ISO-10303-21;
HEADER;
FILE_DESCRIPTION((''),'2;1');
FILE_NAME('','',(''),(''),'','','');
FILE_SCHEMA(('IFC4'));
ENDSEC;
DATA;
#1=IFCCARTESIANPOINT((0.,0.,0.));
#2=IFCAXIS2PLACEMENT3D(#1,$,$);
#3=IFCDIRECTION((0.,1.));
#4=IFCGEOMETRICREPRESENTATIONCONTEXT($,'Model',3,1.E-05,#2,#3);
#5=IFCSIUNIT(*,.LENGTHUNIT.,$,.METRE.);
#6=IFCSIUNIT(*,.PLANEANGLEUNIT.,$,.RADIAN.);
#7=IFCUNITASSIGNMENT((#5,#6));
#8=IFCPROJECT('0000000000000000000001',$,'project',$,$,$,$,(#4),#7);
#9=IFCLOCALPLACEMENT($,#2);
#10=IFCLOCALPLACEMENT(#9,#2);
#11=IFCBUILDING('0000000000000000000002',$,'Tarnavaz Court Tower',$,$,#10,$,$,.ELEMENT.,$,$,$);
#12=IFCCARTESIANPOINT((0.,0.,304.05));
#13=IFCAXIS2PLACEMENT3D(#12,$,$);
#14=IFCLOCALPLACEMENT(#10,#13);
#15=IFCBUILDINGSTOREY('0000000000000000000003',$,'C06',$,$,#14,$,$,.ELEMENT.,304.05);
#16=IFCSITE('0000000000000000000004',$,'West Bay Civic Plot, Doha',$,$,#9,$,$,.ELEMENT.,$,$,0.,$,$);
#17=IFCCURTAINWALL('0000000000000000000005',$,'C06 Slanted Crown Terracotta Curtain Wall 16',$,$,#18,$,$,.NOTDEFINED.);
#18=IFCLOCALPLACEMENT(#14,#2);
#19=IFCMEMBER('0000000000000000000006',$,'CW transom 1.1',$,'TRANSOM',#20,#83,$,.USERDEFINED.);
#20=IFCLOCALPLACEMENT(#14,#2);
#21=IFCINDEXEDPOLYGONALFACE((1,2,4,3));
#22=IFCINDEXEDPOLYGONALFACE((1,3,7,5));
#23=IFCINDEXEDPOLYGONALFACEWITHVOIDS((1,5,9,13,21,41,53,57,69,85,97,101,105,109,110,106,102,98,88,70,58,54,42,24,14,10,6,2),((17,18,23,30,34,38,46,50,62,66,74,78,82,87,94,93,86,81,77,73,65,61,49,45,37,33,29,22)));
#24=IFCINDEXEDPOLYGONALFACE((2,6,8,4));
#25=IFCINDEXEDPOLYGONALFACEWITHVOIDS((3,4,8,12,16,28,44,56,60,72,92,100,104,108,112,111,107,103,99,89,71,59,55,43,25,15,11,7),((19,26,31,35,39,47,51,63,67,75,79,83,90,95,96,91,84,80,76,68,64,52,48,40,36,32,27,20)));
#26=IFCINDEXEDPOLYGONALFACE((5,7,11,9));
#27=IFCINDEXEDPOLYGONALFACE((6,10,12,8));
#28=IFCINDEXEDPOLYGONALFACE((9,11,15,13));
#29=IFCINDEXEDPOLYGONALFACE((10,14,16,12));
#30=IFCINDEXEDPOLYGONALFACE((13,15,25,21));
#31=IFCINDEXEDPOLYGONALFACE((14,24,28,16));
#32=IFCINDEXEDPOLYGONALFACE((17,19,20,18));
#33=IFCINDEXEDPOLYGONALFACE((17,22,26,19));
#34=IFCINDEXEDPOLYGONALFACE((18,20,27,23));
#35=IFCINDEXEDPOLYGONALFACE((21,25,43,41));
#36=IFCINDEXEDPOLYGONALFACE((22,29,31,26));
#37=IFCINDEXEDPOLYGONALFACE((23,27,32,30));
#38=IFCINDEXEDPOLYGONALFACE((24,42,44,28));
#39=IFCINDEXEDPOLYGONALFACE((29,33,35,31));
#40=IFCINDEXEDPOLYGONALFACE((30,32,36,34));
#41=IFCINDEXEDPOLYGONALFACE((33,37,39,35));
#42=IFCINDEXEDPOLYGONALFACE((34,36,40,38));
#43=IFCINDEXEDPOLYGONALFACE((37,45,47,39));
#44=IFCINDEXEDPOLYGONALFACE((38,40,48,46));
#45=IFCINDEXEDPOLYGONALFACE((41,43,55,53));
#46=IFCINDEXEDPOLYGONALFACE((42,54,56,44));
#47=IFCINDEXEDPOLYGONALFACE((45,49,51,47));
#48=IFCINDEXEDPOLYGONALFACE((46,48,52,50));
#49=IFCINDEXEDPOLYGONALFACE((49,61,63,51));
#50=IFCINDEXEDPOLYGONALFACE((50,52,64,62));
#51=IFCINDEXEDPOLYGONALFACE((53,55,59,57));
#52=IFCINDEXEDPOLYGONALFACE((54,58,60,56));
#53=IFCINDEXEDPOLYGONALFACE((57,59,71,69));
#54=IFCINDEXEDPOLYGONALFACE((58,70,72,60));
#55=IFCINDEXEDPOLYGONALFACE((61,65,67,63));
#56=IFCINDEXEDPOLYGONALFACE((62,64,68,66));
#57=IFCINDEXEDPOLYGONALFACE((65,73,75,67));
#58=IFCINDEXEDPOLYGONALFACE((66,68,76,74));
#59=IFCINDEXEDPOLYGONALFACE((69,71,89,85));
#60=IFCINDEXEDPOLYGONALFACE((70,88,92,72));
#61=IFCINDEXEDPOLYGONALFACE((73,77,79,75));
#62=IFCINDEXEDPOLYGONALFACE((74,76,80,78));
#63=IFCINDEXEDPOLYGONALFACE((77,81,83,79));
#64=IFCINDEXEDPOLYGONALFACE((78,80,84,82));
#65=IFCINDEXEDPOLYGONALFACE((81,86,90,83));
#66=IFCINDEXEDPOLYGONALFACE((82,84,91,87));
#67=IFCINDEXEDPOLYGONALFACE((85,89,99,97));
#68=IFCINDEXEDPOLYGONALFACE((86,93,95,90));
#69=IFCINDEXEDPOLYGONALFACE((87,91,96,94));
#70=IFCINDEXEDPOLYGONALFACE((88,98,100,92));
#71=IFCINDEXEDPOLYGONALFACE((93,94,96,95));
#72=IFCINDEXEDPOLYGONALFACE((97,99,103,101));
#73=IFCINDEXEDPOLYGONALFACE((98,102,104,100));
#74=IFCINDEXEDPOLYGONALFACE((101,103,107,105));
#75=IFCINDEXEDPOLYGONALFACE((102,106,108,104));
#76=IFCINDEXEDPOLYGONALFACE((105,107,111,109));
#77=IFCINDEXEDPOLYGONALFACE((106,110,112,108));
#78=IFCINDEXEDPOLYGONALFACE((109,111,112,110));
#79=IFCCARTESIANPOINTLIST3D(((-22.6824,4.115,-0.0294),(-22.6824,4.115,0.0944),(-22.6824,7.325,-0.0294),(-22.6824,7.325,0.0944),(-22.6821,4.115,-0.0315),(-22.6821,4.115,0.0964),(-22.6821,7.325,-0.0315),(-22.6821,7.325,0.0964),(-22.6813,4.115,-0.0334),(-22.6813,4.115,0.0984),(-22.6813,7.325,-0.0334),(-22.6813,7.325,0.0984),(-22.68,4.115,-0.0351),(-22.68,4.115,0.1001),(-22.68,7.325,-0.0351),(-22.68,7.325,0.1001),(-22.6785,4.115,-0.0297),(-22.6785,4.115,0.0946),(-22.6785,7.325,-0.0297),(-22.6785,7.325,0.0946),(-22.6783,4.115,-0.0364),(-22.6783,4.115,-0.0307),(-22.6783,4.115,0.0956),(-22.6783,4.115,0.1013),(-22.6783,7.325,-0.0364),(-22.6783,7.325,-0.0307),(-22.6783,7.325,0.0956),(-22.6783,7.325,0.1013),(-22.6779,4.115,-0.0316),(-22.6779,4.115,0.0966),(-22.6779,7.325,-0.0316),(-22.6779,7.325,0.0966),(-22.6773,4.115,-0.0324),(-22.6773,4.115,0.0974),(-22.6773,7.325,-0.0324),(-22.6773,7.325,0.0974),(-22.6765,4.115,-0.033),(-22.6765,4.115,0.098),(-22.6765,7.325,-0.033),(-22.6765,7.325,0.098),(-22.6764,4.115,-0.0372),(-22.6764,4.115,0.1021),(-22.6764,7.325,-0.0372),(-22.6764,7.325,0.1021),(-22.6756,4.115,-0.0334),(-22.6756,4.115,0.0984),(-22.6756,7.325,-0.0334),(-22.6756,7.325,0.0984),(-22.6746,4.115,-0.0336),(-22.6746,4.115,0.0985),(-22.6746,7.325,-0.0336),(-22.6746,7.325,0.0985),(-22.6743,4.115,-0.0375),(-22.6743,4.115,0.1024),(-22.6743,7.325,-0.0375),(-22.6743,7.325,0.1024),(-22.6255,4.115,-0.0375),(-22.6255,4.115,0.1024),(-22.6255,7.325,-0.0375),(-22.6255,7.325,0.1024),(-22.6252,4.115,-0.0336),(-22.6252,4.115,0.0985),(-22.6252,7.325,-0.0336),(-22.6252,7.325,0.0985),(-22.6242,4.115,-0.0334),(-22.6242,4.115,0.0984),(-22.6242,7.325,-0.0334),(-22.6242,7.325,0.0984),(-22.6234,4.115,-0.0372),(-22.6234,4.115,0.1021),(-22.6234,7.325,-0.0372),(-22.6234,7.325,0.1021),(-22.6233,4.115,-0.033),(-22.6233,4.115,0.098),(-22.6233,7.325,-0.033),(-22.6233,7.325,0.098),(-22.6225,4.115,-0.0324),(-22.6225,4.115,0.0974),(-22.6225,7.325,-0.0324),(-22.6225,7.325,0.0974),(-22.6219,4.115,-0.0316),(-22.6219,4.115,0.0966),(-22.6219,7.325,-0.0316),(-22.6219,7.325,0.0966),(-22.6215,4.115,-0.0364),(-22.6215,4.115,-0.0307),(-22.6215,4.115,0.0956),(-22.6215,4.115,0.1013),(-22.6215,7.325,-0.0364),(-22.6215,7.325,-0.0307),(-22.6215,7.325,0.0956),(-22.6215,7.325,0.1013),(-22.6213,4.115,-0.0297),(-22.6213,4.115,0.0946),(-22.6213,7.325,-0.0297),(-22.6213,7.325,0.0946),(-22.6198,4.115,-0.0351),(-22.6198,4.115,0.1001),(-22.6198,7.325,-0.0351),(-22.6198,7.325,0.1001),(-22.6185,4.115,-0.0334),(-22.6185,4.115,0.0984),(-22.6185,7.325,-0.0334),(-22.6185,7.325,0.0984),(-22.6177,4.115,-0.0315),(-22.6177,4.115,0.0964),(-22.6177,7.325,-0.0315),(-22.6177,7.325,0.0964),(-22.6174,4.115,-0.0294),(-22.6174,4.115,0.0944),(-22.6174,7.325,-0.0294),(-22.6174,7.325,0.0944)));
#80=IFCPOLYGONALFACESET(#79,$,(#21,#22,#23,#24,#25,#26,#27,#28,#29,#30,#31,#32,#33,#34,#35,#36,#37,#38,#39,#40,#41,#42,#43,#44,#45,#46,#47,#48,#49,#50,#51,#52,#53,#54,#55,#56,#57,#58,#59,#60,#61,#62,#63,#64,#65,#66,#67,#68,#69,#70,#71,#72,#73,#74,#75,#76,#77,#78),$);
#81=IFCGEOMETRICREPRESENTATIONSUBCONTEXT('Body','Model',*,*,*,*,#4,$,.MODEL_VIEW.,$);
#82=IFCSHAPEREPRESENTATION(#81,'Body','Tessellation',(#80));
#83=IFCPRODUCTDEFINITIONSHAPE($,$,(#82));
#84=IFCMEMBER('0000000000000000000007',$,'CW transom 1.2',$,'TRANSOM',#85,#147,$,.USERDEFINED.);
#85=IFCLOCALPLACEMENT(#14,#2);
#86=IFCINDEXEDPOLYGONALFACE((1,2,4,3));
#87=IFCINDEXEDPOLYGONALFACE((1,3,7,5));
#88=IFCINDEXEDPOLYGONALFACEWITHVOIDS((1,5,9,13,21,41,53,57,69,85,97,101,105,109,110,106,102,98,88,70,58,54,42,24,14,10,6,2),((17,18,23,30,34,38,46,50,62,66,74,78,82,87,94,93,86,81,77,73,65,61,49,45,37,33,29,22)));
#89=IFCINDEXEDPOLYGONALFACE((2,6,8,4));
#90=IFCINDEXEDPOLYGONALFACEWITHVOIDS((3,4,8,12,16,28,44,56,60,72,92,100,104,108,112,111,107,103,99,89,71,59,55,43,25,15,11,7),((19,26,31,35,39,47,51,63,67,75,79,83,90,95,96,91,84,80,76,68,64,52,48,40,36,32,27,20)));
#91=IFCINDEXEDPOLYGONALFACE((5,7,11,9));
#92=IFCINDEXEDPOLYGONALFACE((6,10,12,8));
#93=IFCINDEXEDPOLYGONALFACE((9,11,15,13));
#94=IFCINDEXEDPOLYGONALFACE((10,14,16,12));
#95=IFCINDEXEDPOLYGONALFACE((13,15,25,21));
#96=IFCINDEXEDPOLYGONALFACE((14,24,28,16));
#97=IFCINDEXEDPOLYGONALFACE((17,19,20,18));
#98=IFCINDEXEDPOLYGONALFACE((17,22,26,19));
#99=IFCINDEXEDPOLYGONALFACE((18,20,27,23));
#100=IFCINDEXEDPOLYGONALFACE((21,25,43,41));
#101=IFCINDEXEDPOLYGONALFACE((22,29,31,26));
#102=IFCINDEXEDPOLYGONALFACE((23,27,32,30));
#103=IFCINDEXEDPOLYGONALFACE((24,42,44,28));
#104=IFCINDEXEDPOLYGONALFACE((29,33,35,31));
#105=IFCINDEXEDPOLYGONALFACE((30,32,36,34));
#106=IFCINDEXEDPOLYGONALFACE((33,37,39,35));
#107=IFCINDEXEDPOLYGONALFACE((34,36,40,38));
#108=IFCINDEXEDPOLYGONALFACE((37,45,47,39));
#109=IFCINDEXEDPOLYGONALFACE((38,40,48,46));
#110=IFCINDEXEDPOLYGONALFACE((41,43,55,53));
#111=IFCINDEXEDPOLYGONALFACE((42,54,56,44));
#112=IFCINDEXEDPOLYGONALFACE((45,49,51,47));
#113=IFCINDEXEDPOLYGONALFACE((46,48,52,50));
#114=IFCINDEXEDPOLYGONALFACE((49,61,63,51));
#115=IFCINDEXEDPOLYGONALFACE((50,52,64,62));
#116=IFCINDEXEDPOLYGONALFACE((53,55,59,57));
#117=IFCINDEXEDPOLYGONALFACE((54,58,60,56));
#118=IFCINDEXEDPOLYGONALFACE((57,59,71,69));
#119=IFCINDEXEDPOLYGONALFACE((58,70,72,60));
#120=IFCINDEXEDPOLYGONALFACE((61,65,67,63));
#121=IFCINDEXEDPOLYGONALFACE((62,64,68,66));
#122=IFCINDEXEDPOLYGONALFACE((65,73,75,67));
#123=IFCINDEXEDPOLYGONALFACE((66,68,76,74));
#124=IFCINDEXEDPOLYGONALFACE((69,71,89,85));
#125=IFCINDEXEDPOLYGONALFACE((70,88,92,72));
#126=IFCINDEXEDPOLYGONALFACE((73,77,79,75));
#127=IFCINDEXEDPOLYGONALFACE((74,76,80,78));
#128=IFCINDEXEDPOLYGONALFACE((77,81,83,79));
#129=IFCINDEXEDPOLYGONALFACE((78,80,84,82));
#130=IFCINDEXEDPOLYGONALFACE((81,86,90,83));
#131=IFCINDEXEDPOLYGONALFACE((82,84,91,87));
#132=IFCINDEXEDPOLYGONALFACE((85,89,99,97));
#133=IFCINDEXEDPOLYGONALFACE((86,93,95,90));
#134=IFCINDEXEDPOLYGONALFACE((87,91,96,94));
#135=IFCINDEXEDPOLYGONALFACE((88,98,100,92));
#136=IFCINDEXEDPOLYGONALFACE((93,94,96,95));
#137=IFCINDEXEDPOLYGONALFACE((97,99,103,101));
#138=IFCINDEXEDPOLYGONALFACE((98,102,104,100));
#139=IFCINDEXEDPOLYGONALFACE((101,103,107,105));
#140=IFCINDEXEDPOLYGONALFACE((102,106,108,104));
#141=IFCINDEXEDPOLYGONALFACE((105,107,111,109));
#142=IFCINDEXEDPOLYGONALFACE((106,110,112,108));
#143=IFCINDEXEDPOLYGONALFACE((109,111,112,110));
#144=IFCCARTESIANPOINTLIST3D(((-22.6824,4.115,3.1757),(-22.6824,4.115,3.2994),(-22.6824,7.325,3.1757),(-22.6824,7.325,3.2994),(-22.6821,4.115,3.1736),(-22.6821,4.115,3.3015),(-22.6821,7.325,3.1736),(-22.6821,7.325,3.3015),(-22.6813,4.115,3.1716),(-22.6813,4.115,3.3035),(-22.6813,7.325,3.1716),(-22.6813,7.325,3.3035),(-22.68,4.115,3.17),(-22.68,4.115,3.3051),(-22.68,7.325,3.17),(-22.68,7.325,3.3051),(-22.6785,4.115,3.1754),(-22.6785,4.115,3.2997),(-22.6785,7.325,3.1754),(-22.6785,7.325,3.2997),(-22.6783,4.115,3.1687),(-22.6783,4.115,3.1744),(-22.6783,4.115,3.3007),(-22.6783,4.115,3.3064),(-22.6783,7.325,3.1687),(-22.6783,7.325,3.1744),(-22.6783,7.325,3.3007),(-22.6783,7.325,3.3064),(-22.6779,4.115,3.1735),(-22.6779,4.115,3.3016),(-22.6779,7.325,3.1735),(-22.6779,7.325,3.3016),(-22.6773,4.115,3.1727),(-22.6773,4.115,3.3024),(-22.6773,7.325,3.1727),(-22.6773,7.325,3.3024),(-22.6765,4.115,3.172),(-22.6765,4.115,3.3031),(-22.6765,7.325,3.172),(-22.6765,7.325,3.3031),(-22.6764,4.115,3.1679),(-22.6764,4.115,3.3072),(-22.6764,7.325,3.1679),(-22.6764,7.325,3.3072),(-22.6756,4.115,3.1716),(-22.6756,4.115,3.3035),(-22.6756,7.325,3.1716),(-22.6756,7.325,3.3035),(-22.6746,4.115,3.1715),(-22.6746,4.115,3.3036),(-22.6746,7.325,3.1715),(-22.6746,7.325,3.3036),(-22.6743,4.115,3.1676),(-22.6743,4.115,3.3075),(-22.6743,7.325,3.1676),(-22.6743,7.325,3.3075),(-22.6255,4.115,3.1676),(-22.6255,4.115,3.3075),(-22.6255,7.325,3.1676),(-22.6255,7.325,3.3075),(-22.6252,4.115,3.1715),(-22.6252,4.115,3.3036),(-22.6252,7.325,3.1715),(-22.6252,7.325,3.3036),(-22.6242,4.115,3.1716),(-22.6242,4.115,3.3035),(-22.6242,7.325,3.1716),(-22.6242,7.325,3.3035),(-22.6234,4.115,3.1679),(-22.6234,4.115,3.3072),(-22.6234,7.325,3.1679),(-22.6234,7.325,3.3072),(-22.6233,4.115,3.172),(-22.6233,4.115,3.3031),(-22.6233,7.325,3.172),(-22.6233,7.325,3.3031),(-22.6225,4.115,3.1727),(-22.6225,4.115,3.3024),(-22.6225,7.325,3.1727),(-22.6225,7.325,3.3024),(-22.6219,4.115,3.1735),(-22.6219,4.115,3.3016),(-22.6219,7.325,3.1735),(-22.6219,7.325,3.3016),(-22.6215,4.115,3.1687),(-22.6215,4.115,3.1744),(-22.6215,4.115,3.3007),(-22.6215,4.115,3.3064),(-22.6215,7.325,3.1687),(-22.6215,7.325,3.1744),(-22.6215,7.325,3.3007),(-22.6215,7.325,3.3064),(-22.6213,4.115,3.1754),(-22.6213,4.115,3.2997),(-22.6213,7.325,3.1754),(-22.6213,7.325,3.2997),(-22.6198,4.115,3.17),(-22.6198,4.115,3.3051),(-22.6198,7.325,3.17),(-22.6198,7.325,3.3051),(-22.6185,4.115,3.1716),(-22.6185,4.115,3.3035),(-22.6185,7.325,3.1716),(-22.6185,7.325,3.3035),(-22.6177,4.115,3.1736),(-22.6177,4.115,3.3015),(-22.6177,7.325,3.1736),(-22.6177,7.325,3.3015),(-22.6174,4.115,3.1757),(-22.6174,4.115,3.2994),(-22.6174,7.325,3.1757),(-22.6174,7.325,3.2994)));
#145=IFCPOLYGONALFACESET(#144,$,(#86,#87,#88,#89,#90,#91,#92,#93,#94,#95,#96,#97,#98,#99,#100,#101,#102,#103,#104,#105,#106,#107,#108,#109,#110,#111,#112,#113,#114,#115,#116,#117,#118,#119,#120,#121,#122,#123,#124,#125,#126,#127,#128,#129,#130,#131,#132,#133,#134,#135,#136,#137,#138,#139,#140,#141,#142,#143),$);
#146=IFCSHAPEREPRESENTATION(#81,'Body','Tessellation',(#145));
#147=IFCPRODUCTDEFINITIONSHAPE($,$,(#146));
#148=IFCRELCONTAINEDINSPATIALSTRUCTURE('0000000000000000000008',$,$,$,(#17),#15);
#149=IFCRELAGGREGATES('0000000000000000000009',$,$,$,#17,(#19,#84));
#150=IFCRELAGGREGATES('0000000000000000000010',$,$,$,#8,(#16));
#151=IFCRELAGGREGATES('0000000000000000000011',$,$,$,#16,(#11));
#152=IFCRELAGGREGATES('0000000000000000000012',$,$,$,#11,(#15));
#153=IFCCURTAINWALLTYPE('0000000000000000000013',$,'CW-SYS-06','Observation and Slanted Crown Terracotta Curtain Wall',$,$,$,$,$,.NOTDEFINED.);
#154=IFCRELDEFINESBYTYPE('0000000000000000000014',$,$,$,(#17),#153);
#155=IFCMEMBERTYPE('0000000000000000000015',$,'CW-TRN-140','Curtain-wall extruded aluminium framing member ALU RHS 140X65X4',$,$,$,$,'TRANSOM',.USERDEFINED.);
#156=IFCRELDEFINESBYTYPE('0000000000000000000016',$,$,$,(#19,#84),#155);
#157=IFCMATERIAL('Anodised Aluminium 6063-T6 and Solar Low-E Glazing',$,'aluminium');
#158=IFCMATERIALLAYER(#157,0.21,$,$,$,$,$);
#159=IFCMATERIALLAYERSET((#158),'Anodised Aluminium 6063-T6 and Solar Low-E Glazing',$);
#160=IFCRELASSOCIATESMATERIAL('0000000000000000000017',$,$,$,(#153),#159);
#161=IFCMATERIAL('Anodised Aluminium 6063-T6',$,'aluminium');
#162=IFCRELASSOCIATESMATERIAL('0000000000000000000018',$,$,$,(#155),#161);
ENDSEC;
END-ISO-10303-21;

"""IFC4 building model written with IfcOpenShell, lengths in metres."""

from ifc_helpers import new_model, si_unit, direction, frame, origin, origin_2d, place, context, subcontext, project, spatial, hollow_rectangle, extrude, material, layer, layer_set, material_profile, profile_set, type_object, element, aggregate, save


model = new_model("IFC4")

# Units and contexts
model_context = context("Model", 3, precision=1e-05, world=origin(), true_north=direction((0.0, 1.0)))
body_context = subcontext(model_context, "Body", "Model", "MODEL_VIEW")
ifc_project = project(units=[si_unit("LENGTHUNIT", "METRE"), si_unit("PLANEANGLEUNIT", "RADIAN")], contexts=[model_context])

# Site, building, storey
site_placement = place(None, origin())
site = spatial("IfcSite", under=ifc_project, at=site_placement, Name="West Bay Civic Plot, Doha", CompositionType="ELEMENT", RefElevation=0.0)
building_placement = place(site_placement, origin())
building = spatial("IfcBuilding", under=site, at=building_placement, Name="Tarnavaz Court Tower", CompositionType="ELEMENT")
storey_placement = place(building_placement, frame((0.0, 0.0, 304.05)))
storey = spatial("IfcBuildingStorey", under=building, at=storey_placement, Name="C06", CompositionType="ELEMENT", Elevation=304.05)

# Curtain wall
ifc_material_1 = material(Name="Anodised Aluminium 6063-T6 and Solar Low-E Glazing", Category="aluminium")
ifc_layer_1 = layer(ifc_material_1, 0.21)
ifc_layer_set_1 = layer_set([ifc_layer_1], Name="Anodised Aluminium 6063-T6 and Solar Low-E Glazing")
curtain_wall_type = type_object("IfcCurtainWallType", Name="CW-SYS-06", Description="Observation and Slanted Crown Terracotta Curtain Wall", PredefinedType="NOTDEFINED", material=ifc_layer_set_1)
ifc_material_2 = material(Name="Anodised Aluminium 6063-T6", Category="aluminium")
curtain_wall_1_placement = place(storey_placement, origin())
curtain_wall_1 = element("IfcCurtainWall", 1, at=curtain_wall_1_placement, inside=storey, type_object=curtain_wall_type, Name="C06 Slanted Crown Terracotta Curtain Wall 16", PredefinedType="NOTDEFINED")

# Members
ifc_material_profile_1 = material_profile(ifc_material_2, hollow_rectangle(XDim=0.0649, YDim=0.1399, WallThickness=0.0039, InnerFilletRadius=0.0039, OuterFilletRadius=0.0081, at=origin_2d()), Name="ALU RHS 140X65X4")
ifc_profile_set_1 = profile_set([ifc_material_profile_1], Name="Anodised Aluminium 6063-T6")
member_type_1 = type_object("IfcMemberType", Name="CW-TRN-140", Description="Curtain-wall extruded aluminium framing member ALU RHS 140X65X4", ElementType="TRANSOM", PredefinedType="USERDEFINED", material=ifc_profile_set_1)
member_1_placement = place(storey_placement, frame((-22.6499, 4.115, 0.0325), z_axis=(0.0, 1.0, 0.0), x_axis=(-1.0, 0.0, 0.0)))
member_1 = element("IfcMember", 2, at=member_1_placement, type_object=member_type_1, Name="CW transom 1.1", ObjectType="TRANSOM", PredefinedType="USERDEFINED", context=body_context, shape_type="SweptSolid", body=[
    extrude(hollow_rectangle(XDim=0.0649, YDim=0.1399, WallThickness=0.0039, InnerFilletRadius=0.0039, OuterFilletRadius=0.0081, at=origin_2d()), origin(), (0.0, 0.0, 1.0), 3.21),
])
member_2_placement = place(storey_placement, frame((-22.6499, 4.115, 3.2375), z_axis=(0.0, 1.0, 0.0), x_axis=(-1.0, 0.0, 0.0)))
member_2 = element("IfcMember", 3, at=member_2_placement, type_object=member_type_1, Name="CW transom 1.2", ObjectType="TRANSOM", PredefinedType="USERDEFINED", context=body_context, shape_type="SweptSolid", body=[
    extrude(hollow_rectangle(XDim=0.0649, YDim=0.1399, WallThickness=0.0039, InnerFilletRadius=0.0039, OuterFilletRadius=0.0081, at=origin_2d()), origin(), (0.0, 0.0, 1.0), 3.21),
])

aggregate(curtain_wall_1, [member_1, member_2])

save(model, "model.ifc")
